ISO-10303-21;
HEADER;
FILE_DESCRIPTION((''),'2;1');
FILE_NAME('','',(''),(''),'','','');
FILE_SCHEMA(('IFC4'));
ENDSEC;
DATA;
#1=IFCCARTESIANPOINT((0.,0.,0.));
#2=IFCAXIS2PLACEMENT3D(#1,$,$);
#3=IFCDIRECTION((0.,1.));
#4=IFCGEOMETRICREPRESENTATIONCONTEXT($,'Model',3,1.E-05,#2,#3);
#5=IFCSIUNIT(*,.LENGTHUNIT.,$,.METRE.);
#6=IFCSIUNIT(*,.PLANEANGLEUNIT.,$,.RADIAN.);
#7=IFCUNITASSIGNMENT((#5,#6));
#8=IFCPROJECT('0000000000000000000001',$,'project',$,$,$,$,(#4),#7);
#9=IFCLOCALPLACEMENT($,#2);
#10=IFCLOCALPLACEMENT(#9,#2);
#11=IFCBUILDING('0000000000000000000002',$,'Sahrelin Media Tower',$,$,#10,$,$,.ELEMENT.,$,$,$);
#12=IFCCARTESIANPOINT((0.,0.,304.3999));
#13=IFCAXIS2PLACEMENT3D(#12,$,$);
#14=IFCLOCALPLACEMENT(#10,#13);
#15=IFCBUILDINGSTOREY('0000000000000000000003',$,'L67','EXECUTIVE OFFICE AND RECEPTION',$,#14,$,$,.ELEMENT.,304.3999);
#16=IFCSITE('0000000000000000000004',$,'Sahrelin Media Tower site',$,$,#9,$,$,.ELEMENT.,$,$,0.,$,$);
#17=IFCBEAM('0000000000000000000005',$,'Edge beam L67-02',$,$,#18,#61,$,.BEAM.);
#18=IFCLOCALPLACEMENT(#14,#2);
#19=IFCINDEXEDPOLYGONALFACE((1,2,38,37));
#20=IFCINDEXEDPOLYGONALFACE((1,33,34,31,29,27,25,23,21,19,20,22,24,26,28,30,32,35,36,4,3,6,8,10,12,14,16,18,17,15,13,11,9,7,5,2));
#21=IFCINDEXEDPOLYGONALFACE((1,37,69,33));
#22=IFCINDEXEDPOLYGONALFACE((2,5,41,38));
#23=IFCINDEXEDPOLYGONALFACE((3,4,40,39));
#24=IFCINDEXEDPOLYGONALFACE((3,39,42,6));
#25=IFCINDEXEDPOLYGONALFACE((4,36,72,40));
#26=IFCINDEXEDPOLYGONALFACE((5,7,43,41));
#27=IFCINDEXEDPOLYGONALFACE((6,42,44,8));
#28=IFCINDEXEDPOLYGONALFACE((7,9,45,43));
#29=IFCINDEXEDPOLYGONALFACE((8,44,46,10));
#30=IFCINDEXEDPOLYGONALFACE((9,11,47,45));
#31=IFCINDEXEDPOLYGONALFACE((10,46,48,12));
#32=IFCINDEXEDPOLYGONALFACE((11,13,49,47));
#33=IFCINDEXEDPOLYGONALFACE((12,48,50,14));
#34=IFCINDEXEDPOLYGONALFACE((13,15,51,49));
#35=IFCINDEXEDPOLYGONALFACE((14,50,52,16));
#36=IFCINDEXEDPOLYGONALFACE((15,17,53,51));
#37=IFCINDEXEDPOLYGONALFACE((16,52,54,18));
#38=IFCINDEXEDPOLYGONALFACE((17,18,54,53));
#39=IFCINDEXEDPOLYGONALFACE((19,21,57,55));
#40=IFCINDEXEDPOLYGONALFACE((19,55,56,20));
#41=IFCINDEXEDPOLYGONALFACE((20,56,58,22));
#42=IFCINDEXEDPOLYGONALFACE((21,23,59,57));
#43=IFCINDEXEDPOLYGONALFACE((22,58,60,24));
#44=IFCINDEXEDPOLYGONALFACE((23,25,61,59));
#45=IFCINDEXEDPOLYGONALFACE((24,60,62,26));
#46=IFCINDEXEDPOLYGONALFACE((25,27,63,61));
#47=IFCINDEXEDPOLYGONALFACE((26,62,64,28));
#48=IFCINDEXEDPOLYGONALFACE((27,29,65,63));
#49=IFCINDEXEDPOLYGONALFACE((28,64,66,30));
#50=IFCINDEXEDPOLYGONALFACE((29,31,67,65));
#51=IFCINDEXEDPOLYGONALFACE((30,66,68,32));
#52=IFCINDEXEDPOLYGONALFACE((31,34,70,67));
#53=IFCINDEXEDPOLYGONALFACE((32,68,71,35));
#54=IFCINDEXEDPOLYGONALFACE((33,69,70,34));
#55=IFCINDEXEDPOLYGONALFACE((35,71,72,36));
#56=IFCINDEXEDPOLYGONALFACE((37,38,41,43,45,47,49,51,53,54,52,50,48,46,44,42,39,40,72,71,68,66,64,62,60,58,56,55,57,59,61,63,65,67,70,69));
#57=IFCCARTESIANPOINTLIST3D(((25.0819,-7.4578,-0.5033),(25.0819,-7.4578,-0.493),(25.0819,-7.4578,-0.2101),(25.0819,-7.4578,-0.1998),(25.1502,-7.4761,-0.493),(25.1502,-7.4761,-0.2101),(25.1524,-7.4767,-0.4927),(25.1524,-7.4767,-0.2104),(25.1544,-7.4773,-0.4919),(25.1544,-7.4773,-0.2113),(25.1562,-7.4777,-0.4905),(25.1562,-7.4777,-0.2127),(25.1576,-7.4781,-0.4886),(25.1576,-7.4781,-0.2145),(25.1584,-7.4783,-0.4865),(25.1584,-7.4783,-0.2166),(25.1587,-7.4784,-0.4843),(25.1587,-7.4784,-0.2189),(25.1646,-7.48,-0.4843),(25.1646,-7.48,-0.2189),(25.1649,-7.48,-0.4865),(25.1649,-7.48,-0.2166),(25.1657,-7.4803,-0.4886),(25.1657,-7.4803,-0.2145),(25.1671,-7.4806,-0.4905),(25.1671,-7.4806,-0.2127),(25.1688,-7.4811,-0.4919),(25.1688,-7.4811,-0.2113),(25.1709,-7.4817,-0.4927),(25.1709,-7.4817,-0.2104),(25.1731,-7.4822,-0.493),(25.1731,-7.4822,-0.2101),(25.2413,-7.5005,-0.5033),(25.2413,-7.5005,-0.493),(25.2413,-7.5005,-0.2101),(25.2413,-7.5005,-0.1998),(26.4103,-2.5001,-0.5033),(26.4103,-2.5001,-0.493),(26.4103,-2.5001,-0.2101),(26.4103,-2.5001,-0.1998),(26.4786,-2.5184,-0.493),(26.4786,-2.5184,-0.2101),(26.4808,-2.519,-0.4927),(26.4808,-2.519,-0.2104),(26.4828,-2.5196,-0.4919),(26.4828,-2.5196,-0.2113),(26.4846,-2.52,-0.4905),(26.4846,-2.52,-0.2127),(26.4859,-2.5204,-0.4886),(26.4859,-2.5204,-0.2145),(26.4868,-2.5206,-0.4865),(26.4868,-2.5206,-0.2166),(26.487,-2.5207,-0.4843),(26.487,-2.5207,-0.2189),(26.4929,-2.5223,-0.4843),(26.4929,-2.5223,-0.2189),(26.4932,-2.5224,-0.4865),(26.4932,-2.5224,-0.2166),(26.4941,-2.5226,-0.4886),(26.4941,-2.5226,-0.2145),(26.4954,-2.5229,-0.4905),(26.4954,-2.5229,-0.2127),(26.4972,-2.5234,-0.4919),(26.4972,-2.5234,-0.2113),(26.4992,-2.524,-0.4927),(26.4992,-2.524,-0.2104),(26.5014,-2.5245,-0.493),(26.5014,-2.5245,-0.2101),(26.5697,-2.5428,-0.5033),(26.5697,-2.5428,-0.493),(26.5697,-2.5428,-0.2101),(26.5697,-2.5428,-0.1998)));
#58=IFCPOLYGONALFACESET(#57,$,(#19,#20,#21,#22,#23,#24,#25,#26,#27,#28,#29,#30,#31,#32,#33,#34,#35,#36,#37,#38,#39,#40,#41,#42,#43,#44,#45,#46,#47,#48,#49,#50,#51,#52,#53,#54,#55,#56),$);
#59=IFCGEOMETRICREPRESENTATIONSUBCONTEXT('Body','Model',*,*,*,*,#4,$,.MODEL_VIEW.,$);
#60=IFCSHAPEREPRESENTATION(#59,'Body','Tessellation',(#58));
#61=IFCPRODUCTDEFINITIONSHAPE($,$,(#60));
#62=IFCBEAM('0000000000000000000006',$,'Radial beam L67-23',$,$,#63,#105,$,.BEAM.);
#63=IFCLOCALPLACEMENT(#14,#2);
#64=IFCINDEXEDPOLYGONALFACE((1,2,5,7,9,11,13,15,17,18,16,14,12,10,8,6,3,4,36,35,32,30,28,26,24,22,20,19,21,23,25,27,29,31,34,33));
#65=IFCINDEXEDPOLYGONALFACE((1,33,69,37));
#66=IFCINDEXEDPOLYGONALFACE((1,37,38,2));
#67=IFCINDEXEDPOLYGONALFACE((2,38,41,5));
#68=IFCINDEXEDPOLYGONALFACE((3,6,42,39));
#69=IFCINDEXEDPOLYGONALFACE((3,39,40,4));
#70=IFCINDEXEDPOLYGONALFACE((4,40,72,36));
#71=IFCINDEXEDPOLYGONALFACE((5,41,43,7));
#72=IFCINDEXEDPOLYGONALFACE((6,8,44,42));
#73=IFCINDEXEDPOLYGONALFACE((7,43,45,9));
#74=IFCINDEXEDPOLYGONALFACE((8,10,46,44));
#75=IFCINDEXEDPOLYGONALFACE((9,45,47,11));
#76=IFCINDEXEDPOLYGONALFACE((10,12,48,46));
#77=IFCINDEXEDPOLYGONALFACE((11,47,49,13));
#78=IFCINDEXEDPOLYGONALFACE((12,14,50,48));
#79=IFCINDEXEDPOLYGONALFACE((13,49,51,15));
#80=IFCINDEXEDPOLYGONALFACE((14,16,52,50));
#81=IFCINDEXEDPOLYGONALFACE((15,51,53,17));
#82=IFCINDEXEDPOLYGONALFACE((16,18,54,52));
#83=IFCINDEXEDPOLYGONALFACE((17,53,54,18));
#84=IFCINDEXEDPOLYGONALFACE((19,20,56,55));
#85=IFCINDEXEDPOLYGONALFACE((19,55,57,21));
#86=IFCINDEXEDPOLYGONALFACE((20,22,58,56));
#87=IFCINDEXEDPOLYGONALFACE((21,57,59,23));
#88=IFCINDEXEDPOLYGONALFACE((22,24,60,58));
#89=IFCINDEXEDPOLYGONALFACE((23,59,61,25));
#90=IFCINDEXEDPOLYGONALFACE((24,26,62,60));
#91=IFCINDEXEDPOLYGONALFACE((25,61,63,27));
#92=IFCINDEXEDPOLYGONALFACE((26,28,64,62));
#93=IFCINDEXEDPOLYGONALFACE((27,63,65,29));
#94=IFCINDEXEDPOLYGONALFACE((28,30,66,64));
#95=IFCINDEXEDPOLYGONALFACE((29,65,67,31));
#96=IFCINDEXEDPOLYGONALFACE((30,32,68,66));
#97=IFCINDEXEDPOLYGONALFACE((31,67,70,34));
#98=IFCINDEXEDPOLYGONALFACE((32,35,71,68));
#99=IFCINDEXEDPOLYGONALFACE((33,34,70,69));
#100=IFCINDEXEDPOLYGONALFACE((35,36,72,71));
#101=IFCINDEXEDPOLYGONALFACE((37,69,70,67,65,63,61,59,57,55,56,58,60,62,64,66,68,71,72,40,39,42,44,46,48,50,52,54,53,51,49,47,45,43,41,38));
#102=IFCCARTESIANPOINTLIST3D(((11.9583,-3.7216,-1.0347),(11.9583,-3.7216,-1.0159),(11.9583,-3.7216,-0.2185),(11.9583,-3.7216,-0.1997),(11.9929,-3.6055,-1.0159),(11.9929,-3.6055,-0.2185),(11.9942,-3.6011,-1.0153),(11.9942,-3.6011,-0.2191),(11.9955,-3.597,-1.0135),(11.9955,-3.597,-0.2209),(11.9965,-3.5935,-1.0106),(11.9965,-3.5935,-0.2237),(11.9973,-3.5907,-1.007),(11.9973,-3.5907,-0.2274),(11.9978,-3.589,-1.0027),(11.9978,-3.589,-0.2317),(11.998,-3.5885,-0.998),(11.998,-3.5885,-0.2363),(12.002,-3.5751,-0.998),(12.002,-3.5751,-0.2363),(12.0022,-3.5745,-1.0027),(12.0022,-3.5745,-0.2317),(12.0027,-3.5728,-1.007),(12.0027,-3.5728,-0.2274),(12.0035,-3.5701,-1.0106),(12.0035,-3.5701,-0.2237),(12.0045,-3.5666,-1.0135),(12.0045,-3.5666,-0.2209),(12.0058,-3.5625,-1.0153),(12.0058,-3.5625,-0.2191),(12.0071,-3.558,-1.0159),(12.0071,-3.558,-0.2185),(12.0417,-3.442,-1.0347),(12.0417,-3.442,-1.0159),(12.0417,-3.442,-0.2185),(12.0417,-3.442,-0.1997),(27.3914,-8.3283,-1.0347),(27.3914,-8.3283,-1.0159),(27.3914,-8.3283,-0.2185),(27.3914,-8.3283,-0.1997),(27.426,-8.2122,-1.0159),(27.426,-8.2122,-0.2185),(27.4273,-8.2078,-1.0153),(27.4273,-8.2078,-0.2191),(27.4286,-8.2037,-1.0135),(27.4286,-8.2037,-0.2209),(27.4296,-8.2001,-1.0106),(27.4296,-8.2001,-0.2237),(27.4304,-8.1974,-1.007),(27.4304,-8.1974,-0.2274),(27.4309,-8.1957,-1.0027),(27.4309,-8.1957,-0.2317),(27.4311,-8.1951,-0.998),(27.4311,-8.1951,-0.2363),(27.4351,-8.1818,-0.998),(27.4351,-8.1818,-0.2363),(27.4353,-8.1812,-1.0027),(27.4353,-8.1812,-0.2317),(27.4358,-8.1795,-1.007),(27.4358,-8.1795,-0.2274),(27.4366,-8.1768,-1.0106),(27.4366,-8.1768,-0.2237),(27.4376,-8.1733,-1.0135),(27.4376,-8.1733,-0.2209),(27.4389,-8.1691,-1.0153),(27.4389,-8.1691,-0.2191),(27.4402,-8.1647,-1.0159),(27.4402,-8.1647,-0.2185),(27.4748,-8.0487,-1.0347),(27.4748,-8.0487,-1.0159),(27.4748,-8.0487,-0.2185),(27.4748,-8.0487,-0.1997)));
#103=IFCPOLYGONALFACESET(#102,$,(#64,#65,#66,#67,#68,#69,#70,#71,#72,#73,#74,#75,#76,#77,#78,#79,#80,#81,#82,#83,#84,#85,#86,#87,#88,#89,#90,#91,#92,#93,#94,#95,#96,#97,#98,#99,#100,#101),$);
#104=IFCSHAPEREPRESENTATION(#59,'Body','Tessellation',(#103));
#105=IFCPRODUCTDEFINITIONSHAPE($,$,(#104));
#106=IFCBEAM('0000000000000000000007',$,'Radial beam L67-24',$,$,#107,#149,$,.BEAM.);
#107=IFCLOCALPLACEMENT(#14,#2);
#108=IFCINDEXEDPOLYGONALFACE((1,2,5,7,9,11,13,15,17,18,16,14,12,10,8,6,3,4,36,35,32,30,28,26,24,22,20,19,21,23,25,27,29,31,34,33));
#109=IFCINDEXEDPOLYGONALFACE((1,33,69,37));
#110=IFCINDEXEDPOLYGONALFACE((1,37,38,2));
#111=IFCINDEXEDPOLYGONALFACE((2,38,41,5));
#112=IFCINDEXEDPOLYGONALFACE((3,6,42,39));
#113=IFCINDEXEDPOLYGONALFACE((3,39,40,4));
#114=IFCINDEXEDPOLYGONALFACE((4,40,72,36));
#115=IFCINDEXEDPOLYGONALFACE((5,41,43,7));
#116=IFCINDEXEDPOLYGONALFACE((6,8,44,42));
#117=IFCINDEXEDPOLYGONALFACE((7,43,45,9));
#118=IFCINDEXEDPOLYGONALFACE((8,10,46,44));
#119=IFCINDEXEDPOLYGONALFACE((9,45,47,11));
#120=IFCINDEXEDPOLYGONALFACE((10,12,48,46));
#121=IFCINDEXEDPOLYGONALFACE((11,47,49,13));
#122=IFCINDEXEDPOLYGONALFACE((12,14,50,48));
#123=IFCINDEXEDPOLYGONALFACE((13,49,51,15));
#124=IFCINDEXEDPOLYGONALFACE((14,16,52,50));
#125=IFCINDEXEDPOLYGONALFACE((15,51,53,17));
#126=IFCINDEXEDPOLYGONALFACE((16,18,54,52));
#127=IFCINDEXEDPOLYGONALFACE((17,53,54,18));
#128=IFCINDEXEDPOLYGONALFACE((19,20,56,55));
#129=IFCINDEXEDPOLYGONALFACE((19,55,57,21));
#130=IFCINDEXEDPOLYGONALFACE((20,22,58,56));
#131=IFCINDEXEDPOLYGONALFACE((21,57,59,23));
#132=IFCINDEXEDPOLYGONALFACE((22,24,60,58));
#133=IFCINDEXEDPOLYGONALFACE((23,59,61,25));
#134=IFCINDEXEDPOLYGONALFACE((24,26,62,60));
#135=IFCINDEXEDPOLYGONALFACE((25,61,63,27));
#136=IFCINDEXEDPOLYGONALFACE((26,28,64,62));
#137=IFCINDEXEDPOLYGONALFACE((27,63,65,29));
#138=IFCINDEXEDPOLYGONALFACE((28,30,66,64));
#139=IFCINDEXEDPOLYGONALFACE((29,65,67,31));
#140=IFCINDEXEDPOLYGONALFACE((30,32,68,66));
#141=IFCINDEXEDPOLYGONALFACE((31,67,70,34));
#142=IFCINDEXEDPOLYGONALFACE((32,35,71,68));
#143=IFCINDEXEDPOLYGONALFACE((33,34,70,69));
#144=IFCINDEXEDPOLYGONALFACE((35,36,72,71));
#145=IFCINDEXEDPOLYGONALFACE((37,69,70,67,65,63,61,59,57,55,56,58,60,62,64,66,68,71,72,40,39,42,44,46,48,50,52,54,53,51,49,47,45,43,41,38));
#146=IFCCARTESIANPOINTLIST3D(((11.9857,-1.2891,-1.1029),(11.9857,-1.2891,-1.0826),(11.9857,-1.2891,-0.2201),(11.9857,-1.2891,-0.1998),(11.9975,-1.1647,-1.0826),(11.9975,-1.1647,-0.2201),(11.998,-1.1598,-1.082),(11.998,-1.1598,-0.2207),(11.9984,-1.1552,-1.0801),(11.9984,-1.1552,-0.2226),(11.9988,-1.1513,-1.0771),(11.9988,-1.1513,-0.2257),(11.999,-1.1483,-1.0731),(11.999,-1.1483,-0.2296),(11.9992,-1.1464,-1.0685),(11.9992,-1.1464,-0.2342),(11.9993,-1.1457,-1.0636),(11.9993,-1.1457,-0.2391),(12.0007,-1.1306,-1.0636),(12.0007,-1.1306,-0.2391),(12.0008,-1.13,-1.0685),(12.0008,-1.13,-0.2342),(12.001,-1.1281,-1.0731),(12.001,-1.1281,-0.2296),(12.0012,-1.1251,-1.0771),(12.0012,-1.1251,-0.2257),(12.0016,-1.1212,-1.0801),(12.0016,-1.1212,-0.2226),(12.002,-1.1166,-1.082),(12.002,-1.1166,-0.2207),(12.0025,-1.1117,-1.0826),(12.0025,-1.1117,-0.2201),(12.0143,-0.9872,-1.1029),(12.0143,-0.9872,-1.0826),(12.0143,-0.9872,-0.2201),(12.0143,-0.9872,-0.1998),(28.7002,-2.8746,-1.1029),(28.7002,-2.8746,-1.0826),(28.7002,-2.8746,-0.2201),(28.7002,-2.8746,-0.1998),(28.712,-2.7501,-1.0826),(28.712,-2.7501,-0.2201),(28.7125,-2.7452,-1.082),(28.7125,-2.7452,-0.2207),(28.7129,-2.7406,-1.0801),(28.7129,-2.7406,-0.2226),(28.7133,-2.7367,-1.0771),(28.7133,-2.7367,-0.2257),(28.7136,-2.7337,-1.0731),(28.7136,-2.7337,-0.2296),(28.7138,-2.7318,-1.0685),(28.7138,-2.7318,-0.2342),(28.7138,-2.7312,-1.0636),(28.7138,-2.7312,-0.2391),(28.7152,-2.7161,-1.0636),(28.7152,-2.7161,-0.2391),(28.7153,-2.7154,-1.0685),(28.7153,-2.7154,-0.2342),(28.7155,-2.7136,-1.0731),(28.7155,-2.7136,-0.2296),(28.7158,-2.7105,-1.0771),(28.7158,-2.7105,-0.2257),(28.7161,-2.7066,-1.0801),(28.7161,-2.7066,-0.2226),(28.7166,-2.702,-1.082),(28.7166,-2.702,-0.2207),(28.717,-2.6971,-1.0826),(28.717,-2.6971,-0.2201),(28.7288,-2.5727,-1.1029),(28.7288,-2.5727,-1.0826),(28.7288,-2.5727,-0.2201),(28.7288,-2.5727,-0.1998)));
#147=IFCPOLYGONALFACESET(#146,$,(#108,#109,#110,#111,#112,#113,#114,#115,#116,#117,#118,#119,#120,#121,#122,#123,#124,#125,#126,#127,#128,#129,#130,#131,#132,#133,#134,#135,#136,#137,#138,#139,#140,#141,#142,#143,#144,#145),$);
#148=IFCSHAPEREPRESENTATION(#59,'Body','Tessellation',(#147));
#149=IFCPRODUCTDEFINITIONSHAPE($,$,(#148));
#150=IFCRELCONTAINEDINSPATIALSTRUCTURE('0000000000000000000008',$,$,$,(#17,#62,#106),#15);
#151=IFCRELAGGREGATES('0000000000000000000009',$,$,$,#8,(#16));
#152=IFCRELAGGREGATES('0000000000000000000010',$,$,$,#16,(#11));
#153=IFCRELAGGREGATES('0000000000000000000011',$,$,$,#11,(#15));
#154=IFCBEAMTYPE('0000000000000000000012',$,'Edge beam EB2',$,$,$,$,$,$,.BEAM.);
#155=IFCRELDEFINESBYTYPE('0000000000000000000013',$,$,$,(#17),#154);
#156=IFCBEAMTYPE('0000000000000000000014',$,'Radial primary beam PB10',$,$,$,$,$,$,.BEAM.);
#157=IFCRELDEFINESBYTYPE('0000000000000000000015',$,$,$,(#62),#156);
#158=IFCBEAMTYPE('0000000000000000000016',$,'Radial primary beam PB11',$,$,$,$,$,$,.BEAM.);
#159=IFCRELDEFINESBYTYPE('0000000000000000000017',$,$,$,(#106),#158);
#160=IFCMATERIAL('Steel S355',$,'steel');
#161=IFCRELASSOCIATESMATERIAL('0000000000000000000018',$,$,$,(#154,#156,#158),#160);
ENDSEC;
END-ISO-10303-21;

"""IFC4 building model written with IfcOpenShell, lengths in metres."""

from ifc_helpers import new_model, si_unit, direction, frame, origin, origin_2d, place, context, subcontext, project, spatial, i_section, extrude, material, material_profile, profile_set, type_object, element, save


model = new_model("IFC4")

# Units and contexts
model_context = context("Model", 3, precision=1e-05, world=origin(), true_north=direction((0.0, 1.0)))
body_context = subcontext(model_context, "Body", "Model", "MODEL_VIEW")
ifc_project = project(units=[si_unit("LENGTHUNIT", "METRE"), si_unit("PLANEANGLEUNIT", "RADIAN")], contexts=[model_context])

# Site, building, storey
site_placement = place(None, origin())
site = spatial("IfcSite", under=ifc_project, at=site_placement, Name="Sahrelin Media Tower site", CompositionType="ELEMENT", RefElevation=0.0)
building_placement = place(site_placement, origin())
building = spatial("IfcBuilding", under=site, at=building_placement, Name="Sahrelin Media Tower", CompositionType="ELEMENT")
storey_placement = place(building_placement, frame((0.0, 0.0, 304.3999)))
storey = spatial("IfcBuildingStorey", under=building, at=storey_placement, Name="L67", Description="EXECUTIVE OFFICE AND RECEPTION", CompositionType="ELEMENT", Elevation=304.3999)

# Beams
ifc_material_1 = material(Name="Steel S355", Category="steel")
ifc_material_profile_1 = material_profile(ifc_material_1, i_section(OverallWidth=0.165, OverallDepth=0.3035, WebThickness=0.0061, FlangeThickness=0.0103, FilletRadius=0.0088, at=origin_2d()), Name="UB 305x165x40")
ifc_profile_set_1 = profile_set([ifc_material_profile_1], Name="Steel S355")
beam_type_1 = type_object("IfcBeamType", Name="Edge beam EB2", PredefinedType="BEAM", material=ifc_profile_set_1)
beam_1_placement = place(storey_placement, frame((26.49, -2.5215, -0.3516), z_axis=(-0.258808, -0.965929, 0.0), x_axis=(0.965929, -0.258808, 0.0)))
element("IfcBeam", 1, at=beam_1_placement, inside=storey, type_object=beam_type_1, Name="Edge beam L67-02", PredefinedType="BEAM", context=body_context, shape_type="SweptSolid", body=[
    extrude(i_section(OverallWidth=0.165, OverallDepth=0.3035, WebThickness=0.0061, FlangeThickness=0.0103, FilletRadius=0.0088, at=origin_2d()), origin(), (0.0, 0.0, 1.0), 5.1326),
])
ifc_material_profile_2 = material_profile(ifc_material_1, i_section(OverallWidth=0.2917, OverallDepth=0.835, WebThickness=0.0139, FlangeThickness=0.0188, FilletRadius=0.0178, at=origin_2d()), Name="UB 838x292x176")
ifc_profile_set_2 = profile_set([ifc_material_profile_2], Name="Steel S355")
beam_type_2 = type_object("IfcBeamType", Name="Radial primary beam PB10", PredefinedType="BEAM", material=ifc_profile_set_2)
beam_2_placement = place(storey_placement, frame((12.0, -3.5818, -0.6172), z_axis=(0.958223, -0.286024, 0.0), x_axis=(0.286024, 0.958223, 0.0)))
element("IfcBeam", 2, at=beam_2_placement, inside=storey, type_object=beam_type_2, Name="Radial beam L67-23", PredefinedType="BEAM", context=body_context, shape_type="SweptSolid", body=[
    extrude(i_section(OverallWidth=0.2917, OverallDepth=0.835, WebThickness=0.0139, FlangeThickness=0.0188, FilletRadius=0.0178, at=origin_2d()), origin(), (0.0, 0.0, 1.0), 16.106),
])
ifc_material_profile_3 = material_profile(ifc_material_1, i_section(OverallWidth=0.3032, OverallDepth=0.9031, WebThickness=0.0151, FlangeThickness=0.0203, FilletRadius=0.019, at=origin_2d()), Name="UB 914x305x201")
ifc_profile_set_3 = profile_set([ifc_material_profile_3], Name="Steel S355")
beam_type_3 = type_object("IfcBeamType", Name="Radial primary beam PB11", PredefinedType="BEAM", material=ifc_profile_set_3)
beam_3_placement = place(storey_placement, frame((12.0, -1.1382, -0.6514), z_axis=(0.995531, -0.09443, 0.0), x_axis=(0.09443, 0.995531, 0.0)))
element("IfcBeam", 3, at=beam_3_placement, inside=storey, type_object=beam_type_3, Name="Radial beam L67-24", PredefinedType="BEAM", context=body_context, shape_type="SweptSolid", body=[
    extrude(i_section(OverallWidth=0.3032, OverallDepth=0.9031, WebThickness=0.0151, FlangeThickness=0.0203, FilletRadius=0.019, at=origin_2d()), origin(), (0.0, 0.0, 1.0), 16.7896),
])

save(model, "model.ifc")
